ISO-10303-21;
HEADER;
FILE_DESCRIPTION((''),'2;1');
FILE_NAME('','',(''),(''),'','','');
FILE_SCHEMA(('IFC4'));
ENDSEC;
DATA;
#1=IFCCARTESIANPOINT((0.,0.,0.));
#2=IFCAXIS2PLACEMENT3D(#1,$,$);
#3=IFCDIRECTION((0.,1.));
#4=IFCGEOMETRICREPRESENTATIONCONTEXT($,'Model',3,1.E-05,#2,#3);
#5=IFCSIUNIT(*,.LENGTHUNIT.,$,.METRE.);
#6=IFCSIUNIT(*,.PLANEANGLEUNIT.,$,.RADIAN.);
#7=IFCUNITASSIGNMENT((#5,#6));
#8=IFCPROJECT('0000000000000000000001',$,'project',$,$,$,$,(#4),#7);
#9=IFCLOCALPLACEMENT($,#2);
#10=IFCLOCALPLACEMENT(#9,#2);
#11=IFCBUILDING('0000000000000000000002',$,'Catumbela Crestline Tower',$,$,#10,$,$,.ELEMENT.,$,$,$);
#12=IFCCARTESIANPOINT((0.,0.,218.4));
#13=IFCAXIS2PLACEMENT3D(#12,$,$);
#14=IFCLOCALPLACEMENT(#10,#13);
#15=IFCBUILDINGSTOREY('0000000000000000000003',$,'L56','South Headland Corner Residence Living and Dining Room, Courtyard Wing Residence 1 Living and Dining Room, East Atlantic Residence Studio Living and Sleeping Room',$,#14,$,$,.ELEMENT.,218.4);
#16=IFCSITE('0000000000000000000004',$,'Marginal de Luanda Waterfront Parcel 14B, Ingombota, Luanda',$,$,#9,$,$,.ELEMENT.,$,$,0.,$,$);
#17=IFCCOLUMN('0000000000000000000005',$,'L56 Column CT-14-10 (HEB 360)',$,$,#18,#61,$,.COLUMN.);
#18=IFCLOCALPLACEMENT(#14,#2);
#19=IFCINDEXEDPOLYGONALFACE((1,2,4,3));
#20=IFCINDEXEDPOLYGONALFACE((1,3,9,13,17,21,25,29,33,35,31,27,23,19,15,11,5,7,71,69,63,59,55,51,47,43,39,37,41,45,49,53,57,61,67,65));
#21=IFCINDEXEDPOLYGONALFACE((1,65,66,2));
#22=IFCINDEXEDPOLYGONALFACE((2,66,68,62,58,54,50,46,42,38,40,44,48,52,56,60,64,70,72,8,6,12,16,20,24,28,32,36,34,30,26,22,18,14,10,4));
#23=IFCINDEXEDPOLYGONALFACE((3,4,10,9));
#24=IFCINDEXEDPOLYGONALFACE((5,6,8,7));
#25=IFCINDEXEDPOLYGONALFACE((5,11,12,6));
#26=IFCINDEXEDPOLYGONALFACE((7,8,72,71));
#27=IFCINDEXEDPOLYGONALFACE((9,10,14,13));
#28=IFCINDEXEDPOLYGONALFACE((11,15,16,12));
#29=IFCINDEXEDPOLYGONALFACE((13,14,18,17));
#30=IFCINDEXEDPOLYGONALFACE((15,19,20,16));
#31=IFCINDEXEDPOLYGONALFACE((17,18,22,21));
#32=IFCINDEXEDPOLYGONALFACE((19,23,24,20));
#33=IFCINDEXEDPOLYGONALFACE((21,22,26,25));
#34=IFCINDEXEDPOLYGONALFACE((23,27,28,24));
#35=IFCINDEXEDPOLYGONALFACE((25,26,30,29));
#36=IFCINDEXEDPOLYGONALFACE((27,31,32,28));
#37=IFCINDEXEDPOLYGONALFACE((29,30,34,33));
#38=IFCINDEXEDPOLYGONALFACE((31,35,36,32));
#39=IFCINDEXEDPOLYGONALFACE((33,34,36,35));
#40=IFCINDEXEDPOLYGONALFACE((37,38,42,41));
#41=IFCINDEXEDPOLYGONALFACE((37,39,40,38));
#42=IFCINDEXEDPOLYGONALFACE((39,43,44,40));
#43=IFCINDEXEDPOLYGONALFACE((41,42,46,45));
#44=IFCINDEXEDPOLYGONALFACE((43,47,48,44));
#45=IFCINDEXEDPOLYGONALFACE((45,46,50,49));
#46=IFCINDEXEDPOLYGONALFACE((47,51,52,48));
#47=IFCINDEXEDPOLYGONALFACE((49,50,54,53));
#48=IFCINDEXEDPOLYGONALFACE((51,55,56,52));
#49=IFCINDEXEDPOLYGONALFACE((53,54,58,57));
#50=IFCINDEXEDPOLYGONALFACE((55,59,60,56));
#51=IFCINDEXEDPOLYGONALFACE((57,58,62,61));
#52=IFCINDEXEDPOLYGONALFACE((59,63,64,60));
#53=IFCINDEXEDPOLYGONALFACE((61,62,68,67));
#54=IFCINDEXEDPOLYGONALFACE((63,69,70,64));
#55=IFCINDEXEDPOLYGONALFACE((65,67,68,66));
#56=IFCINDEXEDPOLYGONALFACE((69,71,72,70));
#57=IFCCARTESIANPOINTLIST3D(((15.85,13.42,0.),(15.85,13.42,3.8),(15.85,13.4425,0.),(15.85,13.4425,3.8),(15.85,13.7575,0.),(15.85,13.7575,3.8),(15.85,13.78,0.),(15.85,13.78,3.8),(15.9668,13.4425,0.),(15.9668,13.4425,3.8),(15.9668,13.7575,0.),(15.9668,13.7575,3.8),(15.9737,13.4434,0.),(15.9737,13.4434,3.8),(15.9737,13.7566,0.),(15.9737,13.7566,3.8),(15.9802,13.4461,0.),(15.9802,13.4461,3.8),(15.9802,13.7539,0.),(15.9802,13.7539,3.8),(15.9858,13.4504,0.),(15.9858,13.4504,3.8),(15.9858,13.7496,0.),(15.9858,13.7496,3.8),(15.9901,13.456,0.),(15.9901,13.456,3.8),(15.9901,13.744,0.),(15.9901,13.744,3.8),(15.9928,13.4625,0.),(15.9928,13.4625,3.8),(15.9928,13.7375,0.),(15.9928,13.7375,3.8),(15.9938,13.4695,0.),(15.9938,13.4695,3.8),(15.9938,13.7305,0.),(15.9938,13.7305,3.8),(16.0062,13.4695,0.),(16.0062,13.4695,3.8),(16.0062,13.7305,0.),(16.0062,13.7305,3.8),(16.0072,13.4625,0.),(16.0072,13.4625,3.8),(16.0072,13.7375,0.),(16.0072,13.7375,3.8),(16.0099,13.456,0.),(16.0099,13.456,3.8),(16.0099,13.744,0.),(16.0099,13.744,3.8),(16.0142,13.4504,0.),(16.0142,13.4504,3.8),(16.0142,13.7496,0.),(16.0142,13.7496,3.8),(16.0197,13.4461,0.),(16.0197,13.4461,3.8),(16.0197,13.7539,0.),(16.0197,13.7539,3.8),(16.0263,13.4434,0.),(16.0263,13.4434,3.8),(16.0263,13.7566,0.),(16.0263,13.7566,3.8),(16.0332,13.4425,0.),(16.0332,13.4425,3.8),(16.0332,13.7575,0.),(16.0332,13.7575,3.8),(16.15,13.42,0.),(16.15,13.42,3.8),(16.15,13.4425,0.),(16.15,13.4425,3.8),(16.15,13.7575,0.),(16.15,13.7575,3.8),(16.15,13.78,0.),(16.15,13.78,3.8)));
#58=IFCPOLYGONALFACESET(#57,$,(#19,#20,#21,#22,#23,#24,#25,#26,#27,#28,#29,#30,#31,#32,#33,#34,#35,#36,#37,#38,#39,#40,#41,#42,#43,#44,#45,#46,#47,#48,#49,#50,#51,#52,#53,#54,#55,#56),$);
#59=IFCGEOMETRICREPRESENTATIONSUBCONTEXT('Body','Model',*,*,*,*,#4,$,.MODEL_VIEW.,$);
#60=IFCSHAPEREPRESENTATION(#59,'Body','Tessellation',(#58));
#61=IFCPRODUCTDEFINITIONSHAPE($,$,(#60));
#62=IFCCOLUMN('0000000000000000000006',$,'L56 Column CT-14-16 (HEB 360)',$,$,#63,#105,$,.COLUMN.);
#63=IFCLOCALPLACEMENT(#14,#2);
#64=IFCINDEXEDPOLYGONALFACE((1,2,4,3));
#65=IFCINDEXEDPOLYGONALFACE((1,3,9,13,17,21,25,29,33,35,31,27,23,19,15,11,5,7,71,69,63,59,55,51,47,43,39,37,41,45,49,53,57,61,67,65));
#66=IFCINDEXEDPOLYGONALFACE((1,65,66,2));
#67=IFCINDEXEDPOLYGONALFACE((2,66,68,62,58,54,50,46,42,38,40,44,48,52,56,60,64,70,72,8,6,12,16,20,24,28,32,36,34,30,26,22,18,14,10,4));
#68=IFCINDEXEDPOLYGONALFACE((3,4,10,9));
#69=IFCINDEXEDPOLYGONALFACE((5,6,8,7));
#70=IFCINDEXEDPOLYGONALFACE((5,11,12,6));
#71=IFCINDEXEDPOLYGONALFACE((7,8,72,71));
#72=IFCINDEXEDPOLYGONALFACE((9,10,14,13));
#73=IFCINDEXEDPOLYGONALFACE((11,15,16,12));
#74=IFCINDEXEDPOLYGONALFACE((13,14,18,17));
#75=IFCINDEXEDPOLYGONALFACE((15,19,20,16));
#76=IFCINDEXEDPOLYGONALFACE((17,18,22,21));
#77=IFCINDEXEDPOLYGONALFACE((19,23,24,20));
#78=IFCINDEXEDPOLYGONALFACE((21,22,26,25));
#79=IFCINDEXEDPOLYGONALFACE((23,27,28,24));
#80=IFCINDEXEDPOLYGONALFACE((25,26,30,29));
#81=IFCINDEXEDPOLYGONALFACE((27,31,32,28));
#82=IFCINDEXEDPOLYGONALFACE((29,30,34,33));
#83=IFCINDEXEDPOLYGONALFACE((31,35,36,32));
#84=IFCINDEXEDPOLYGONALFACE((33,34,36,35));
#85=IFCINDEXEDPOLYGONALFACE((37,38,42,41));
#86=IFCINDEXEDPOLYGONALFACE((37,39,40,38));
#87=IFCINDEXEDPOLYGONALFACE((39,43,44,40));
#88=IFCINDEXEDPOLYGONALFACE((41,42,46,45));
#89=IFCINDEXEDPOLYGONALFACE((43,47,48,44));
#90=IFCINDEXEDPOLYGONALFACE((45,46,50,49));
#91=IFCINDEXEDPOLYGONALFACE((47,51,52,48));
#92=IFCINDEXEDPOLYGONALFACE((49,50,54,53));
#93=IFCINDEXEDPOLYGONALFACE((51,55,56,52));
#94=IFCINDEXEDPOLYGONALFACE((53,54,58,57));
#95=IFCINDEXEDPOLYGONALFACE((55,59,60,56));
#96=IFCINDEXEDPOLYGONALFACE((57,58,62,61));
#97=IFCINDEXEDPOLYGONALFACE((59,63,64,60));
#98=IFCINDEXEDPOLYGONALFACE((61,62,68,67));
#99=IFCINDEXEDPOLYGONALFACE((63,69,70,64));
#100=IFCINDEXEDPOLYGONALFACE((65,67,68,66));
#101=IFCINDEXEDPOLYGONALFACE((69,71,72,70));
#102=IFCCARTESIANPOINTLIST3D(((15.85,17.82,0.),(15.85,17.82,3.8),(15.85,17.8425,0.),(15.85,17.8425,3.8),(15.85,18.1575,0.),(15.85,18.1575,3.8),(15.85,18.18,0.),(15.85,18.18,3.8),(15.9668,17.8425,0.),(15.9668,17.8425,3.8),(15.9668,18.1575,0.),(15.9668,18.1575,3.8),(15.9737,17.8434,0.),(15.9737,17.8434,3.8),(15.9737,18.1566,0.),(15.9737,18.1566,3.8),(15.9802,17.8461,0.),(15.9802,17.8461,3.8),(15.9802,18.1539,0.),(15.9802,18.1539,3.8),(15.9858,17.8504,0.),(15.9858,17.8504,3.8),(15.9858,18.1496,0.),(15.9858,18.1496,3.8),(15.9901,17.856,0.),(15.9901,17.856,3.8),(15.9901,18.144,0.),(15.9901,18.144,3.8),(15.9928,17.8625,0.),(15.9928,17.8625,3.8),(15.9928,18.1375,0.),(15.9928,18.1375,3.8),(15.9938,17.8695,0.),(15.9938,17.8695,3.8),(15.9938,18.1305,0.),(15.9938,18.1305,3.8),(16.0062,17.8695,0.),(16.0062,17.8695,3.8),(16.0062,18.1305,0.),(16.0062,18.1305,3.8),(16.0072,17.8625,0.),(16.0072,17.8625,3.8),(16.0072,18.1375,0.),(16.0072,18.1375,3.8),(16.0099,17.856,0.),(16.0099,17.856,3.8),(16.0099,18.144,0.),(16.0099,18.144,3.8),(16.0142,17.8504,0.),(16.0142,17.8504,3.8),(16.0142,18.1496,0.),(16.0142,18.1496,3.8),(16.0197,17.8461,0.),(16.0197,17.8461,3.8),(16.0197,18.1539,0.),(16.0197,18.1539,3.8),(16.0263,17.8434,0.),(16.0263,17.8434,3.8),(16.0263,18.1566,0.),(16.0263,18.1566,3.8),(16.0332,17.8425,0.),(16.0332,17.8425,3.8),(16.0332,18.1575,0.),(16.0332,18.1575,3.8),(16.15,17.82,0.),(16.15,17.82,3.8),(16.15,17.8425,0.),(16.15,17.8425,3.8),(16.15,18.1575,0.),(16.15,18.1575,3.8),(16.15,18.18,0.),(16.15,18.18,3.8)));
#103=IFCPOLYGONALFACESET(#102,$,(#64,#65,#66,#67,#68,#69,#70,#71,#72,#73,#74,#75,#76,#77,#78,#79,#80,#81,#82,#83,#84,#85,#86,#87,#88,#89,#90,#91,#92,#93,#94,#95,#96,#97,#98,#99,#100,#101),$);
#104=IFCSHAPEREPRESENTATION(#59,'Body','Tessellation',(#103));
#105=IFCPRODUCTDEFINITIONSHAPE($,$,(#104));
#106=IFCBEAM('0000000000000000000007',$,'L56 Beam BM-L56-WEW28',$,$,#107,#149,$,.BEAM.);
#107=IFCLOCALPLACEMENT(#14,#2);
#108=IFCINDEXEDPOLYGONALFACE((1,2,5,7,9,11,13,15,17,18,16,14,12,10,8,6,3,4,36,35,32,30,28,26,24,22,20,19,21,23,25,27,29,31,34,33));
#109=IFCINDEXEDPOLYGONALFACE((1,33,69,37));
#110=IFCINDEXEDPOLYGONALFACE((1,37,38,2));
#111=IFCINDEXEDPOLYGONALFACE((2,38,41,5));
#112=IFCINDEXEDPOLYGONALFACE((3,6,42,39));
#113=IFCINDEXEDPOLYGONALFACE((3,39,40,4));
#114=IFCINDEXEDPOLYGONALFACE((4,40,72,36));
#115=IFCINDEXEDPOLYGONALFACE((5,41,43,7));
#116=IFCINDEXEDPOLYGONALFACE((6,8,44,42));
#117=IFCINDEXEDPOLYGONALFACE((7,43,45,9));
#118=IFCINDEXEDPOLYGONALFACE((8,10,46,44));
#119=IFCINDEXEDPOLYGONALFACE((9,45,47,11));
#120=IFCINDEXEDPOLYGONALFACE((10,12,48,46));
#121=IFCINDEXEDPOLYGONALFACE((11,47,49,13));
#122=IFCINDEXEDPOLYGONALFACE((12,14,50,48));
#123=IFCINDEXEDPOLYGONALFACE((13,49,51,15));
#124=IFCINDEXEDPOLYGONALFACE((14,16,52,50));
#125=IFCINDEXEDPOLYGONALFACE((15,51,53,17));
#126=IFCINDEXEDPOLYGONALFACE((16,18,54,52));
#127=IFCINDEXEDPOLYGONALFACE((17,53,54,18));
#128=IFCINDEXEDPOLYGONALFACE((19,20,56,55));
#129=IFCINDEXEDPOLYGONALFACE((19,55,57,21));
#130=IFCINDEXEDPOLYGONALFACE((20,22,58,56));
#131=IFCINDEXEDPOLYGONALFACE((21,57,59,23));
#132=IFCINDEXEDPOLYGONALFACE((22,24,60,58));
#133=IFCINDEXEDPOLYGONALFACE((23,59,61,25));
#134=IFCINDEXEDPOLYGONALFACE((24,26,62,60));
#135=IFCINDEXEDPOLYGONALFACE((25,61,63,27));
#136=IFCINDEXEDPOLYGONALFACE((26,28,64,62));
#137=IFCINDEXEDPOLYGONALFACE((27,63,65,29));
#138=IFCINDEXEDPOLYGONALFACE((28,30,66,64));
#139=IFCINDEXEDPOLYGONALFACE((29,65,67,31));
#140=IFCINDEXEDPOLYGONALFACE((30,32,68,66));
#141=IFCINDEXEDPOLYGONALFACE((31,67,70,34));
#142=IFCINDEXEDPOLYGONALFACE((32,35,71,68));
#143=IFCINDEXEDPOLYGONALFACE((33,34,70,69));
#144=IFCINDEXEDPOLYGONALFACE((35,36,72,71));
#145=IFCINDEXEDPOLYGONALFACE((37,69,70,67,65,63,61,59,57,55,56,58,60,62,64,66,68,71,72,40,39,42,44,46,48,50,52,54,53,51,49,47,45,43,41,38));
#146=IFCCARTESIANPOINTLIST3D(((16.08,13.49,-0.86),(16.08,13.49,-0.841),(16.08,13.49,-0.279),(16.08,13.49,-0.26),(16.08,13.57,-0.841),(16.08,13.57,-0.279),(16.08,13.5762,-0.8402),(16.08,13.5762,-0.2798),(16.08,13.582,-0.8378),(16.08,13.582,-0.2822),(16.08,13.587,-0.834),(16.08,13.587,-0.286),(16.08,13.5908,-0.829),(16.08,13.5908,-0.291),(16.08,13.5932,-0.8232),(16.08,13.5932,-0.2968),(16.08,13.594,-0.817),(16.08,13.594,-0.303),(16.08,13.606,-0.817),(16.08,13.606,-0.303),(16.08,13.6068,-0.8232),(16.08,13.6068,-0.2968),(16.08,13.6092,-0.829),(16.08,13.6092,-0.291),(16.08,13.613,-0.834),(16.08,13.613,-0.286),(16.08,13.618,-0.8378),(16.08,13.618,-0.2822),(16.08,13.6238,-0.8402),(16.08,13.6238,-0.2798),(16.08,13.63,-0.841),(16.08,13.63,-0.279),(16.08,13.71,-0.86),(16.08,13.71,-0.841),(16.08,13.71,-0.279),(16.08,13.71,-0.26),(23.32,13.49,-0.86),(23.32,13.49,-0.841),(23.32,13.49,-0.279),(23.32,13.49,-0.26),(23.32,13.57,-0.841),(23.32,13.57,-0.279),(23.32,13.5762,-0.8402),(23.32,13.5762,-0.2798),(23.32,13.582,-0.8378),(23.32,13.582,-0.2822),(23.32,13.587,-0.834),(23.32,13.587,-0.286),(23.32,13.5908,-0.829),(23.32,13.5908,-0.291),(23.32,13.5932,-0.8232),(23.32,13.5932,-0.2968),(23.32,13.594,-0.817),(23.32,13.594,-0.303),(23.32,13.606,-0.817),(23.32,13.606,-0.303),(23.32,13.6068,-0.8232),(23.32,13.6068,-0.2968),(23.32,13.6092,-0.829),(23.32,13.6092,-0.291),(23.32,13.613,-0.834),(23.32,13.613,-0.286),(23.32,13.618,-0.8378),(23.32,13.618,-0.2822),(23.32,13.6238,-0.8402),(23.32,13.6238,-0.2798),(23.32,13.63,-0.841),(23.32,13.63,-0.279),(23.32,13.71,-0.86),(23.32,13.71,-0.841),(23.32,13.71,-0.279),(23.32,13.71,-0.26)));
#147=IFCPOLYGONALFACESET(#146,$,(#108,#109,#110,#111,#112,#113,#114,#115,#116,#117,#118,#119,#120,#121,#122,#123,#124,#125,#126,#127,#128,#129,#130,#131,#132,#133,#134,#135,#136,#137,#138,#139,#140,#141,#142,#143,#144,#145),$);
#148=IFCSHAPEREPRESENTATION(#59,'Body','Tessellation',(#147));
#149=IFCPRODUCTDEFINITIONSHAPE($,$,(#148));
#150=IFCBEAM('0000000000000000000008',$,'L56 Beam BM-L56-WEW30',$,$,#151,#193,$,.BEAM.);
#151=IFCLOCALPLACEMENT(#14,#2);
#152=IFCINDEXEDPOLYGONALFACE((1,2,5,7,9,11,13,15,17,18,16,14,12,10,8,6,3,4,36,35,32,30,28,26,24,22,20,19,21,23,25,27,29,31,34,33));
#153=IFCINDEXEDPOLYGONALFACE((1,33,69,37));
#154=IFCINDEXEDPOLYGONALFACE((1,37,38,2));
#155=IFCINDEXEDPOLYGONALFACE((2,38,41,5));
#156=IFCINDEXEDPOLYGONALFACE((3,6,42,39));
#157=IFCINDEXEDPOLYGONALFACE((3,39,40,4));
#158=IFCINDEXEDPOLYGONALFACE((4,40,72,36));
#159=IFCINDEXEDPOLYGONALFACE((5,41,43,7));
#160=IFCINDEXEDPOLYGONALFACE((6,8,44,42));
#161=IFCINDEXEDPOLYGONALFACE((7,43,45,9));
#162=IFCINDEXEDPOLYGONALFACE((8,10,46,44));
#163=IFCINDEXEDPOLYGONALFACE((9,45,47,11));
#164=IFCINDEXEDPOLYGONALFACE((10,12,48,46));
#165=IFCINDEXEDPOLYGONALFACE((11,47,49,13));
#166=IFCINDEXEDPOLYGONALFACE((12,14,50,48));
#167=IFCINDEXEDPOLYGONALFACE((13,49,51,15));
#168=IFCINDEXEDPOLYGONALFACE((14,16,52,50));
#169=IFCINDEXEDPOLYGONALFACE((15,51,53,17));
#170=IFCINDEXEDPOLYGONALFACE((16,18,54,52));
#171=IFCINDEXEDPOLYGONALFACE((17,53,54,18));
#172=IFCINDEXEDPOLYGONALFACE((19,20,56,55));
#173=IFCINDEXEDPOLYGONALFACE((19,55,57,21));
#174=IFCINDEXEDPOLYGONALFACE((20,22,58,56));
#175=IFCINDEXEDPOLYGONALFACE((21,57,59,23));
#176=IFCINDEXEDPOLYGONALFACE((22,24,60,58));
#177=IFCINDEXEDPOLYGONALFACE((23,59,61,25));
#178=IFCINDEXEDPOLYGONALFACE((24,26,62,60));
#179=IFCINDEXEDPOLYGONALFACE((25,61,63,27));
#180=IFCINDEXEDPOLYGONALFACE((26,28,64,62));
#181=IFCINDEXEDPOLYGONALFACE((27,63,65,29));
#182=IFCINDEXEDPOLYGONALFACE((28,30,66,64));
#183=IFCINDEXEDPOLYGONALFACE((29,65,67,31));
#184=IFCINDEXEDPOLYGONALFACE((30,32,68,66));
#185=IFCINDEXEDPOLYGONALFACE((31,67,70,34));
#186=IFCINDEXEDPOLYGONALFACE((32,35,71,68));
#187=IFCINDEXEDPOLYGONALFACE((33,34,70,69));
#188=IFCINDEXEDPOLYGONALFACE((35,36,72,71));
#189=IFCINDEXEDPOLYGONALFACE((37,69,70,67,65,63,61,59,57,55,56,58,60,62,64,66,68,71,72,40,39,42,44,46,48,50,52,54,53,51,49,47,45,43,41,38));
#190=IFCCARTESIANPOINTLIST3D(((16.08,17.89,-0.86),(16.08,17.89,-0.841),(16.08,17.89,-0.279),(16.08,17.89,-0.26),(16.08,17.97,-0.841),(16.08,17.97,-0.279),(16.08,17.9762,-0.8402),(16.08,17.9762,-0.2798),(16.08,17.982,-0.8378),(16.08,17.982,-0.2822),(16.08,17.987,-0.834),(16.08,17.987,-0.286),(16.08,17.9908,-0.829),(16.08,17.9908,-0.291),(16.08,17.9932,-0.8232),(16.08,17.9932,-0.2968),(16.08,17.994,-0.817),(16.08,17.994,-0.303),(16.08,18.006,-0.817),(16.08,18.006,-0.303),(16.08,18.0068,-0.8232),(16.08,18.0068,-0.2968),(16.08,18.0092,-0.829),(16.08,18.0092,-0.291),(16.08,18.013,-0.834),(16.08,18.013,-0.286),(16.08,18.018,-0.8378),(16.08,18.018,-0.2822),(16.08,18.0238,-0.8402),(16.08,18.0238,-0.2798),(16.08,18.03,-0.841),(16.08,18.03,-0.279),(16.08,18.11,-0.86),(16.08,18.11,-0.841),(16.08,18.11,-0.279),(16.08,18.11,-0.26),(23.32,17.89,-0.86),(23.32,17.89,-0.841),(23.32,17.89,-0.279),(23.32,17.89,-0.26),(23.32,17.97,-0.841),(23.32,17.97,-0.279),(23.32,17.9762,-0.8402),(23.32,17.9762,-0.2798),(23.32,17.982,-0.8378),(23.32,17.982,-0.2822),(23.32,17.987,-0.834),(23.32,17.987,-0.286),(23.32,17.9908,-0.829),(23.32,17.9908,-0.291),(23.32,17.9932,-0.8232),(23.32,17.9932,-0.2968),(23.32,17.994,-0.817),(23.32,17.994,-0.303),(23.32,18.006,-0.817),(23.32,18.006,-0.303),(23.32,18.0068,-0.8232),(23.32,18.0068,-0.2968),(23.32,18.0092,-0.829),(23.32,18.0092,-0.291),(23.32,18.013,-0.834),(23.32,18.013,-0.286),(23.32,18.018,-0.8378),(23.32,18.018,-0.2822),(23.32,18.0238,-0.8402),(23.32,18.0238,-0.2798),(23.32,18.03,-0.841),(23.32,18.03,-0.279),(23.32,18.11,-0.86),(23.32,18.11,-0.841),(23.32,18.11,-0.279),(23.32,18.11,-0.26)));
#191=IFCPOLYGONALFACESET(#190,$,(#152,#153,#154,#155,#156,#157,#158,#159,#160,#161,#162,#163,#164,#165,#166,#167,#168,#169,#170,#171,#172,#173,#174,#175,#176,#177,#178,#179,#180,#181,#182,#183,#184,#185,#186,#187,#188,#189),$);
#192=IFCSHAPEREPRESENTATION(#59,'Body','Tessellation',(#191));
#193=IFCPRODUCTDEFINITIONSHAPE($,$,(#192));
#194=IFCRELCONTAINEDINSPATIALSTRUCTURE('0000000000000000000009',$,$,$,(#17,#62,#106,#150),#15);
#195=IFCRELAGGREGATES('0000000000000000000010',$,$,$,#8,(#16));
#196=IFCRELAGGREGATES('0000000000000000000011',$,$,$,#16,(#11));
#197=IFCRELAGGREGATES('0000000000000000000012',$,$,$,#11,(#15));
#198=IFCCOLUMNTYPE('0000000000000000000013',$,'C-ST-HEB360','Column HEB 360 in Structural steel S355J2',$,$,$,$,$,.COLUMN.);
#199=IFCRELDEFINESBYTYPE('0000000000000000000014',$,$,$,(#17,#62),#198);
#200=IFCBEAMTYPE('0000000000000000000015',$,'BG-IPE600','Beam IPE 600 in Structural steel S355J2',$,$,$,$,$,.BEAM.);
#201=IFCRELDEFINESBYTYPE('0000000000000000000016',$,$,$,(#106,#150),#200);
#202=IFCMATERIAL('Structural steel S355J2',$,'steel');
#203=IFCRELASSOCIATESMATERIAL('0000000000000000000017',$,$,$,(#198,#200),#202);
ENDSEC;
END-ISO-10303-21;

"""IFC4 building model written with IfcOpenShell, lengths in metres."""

from ifc_helpers import new_model, si_unit, direction, frame, origin, origin_2d, place, context, subcontext, project, spatial, i_section, extrude, material, material_profile, profile_set, type_object, element, save


model = new_model("IFC4")

# Units and contexts
model_context = context("Model", 3, precision=1e-05, world=origin(), true_north=direction((0.0, 1.0)))
body_context = subcontext(model_context, "Body", "Model", "MODEL_VIEW")
ifc_project = project(units=[si_unit("LENGTHUNIT", "METRE"), si_unit("PLANEANGLEUNIT", "RADIAN")], contexts=[model_context])

# Site, building, storey
site_placement = place(None, origin())
site = spatial("IfcSite", under=ifc_project, at=site_placement, Name="Marginal de Luanda Waterfront Parcel 14B, Ingombota, Luanda", CompositionType="ELEMENT", RefElevation=0.0)
building_placement = place(site_placement, origin())
building = spatial("IfcBuilding", under=site, at=building_placement, Name="Catumbela Crestline Tower", CompositionType="ELEMENT")
storey_placement = place(building_placement, frame((0.0, 0.0, 218.4)))
storey = spatial("IfcBuildingStorey", under=building, at=storey_placement, Name="L56", Description="South Headland Corner Residence Living and Dining Room, Courtyard Wing Residence 1 Living and Dining Room, East Atlantic Residence Studio Living and Sleeping Room", CompositionType="ELEMENT", Elevation=218.4)

# Columns
ifc_material_1 = material(Name="Structural steel S355J2", Category="steel")
ifc_material_profile_1 = material_profile(ifc_material_1, i_section(OverallWidth=0.3, OverallDepth=0.36, WebThickness=0.0125, FlangeThickness=0.0225, FilletRadius=0.027, at=origin_2d()), Name="HEB 360")
ifc_profile_set_1 = profile_set([ifc_material_profile_1], Name="Structural steel S355J2")
column_type = type_object("IfcColumnType", Name="C-ST-HEB360", Description="Column HEB 360 in Structural steel S355J2", PredefinedType="COLUMN", material=ifc_profile_set_1)
for number, where, z_axis, x_axis, name in (
    (1, (16.0, 13.6, 0.0), (0.0, 0.0, 1.0), (1.0, 0.0, 0.0), "L56 Column CT-14-10 (HEB 360)"),
    (2, (16.0, 18.0, 0.0), (0.0, 0.0, 1.0), (1.0, 0.0, 0.0), "L56 Column CT-14-16 (HEB 360)"),
):
    element("IfcColumn", number, at=place(storey_placement, frame(where, z_axis=z_axis, x_axis=x_axis)), inside=storey, type_object=column_type, Name=name, PredefinedType="COLUMN", context=body_context, shape_type="SweptSolid", body=[
        extrude(i_section(OverallWidth=0.3, OverallDepth=0.36, WebThickness=0.0125, FlangeThickness=0.0225, FilletRadius=0.027, at=origin_2d()), origin(), (0.0, 0.0, 1.0), 3.8),
    ])

# Beams
ifc_material_profile_2 = material_profile(ifc_material_1, i_section(OverallWidth=0.22, OverallDepth=0.6, WebThickness=0.012, FlangeThickness=0.019, FilletRadius=0.024, at=origin_2d()), Name="IPE 600")
ifc_profile_set_2 = profile_set([ifc_material_profile_2], Name="Structural steel S355J2")
beam_type_1 = type_object("IfcBeamType", Name="BG-IPE600", Description="Beam IPE 600 in Structural steel S355J2", PredefinedType="BEAM", material=ifc_profile_set_2)
for number, where, z_axis, x_axis, name in (
    (3, (16.08, 13.6, -0.56), (1.0, 0.0, 0.0), (0.0, 1.0, 0.0), "L56 Beam BM-L56-WEW28"),
    (4, (16.08, 18.0, -0.56), (1.0, 0.0, 0.0), (0.0, 1.0, 0.0), "L56 Beam BM-L56-WEW30"),
):
    element("IfcBeam", number, at=place(storey_placement, frame(where, z_axis=z_axis, x_axis=x_axis)), inside=storey, type_object=beam_type_1, Name=name, PredefinedType="BEAM", context=body_context, shape_type="SweptSolid", body=[
        extrude(i_section(OverallWidth=0.22, OverallDepth=0.6, WebThickness=0.012, FlangeThickness=0.019, FilletRadius=0.024, at=origin_2d()), origin(), (0.0, 0.0, 1.0), 7.24),
    ])

save(model, "model.ifc")
